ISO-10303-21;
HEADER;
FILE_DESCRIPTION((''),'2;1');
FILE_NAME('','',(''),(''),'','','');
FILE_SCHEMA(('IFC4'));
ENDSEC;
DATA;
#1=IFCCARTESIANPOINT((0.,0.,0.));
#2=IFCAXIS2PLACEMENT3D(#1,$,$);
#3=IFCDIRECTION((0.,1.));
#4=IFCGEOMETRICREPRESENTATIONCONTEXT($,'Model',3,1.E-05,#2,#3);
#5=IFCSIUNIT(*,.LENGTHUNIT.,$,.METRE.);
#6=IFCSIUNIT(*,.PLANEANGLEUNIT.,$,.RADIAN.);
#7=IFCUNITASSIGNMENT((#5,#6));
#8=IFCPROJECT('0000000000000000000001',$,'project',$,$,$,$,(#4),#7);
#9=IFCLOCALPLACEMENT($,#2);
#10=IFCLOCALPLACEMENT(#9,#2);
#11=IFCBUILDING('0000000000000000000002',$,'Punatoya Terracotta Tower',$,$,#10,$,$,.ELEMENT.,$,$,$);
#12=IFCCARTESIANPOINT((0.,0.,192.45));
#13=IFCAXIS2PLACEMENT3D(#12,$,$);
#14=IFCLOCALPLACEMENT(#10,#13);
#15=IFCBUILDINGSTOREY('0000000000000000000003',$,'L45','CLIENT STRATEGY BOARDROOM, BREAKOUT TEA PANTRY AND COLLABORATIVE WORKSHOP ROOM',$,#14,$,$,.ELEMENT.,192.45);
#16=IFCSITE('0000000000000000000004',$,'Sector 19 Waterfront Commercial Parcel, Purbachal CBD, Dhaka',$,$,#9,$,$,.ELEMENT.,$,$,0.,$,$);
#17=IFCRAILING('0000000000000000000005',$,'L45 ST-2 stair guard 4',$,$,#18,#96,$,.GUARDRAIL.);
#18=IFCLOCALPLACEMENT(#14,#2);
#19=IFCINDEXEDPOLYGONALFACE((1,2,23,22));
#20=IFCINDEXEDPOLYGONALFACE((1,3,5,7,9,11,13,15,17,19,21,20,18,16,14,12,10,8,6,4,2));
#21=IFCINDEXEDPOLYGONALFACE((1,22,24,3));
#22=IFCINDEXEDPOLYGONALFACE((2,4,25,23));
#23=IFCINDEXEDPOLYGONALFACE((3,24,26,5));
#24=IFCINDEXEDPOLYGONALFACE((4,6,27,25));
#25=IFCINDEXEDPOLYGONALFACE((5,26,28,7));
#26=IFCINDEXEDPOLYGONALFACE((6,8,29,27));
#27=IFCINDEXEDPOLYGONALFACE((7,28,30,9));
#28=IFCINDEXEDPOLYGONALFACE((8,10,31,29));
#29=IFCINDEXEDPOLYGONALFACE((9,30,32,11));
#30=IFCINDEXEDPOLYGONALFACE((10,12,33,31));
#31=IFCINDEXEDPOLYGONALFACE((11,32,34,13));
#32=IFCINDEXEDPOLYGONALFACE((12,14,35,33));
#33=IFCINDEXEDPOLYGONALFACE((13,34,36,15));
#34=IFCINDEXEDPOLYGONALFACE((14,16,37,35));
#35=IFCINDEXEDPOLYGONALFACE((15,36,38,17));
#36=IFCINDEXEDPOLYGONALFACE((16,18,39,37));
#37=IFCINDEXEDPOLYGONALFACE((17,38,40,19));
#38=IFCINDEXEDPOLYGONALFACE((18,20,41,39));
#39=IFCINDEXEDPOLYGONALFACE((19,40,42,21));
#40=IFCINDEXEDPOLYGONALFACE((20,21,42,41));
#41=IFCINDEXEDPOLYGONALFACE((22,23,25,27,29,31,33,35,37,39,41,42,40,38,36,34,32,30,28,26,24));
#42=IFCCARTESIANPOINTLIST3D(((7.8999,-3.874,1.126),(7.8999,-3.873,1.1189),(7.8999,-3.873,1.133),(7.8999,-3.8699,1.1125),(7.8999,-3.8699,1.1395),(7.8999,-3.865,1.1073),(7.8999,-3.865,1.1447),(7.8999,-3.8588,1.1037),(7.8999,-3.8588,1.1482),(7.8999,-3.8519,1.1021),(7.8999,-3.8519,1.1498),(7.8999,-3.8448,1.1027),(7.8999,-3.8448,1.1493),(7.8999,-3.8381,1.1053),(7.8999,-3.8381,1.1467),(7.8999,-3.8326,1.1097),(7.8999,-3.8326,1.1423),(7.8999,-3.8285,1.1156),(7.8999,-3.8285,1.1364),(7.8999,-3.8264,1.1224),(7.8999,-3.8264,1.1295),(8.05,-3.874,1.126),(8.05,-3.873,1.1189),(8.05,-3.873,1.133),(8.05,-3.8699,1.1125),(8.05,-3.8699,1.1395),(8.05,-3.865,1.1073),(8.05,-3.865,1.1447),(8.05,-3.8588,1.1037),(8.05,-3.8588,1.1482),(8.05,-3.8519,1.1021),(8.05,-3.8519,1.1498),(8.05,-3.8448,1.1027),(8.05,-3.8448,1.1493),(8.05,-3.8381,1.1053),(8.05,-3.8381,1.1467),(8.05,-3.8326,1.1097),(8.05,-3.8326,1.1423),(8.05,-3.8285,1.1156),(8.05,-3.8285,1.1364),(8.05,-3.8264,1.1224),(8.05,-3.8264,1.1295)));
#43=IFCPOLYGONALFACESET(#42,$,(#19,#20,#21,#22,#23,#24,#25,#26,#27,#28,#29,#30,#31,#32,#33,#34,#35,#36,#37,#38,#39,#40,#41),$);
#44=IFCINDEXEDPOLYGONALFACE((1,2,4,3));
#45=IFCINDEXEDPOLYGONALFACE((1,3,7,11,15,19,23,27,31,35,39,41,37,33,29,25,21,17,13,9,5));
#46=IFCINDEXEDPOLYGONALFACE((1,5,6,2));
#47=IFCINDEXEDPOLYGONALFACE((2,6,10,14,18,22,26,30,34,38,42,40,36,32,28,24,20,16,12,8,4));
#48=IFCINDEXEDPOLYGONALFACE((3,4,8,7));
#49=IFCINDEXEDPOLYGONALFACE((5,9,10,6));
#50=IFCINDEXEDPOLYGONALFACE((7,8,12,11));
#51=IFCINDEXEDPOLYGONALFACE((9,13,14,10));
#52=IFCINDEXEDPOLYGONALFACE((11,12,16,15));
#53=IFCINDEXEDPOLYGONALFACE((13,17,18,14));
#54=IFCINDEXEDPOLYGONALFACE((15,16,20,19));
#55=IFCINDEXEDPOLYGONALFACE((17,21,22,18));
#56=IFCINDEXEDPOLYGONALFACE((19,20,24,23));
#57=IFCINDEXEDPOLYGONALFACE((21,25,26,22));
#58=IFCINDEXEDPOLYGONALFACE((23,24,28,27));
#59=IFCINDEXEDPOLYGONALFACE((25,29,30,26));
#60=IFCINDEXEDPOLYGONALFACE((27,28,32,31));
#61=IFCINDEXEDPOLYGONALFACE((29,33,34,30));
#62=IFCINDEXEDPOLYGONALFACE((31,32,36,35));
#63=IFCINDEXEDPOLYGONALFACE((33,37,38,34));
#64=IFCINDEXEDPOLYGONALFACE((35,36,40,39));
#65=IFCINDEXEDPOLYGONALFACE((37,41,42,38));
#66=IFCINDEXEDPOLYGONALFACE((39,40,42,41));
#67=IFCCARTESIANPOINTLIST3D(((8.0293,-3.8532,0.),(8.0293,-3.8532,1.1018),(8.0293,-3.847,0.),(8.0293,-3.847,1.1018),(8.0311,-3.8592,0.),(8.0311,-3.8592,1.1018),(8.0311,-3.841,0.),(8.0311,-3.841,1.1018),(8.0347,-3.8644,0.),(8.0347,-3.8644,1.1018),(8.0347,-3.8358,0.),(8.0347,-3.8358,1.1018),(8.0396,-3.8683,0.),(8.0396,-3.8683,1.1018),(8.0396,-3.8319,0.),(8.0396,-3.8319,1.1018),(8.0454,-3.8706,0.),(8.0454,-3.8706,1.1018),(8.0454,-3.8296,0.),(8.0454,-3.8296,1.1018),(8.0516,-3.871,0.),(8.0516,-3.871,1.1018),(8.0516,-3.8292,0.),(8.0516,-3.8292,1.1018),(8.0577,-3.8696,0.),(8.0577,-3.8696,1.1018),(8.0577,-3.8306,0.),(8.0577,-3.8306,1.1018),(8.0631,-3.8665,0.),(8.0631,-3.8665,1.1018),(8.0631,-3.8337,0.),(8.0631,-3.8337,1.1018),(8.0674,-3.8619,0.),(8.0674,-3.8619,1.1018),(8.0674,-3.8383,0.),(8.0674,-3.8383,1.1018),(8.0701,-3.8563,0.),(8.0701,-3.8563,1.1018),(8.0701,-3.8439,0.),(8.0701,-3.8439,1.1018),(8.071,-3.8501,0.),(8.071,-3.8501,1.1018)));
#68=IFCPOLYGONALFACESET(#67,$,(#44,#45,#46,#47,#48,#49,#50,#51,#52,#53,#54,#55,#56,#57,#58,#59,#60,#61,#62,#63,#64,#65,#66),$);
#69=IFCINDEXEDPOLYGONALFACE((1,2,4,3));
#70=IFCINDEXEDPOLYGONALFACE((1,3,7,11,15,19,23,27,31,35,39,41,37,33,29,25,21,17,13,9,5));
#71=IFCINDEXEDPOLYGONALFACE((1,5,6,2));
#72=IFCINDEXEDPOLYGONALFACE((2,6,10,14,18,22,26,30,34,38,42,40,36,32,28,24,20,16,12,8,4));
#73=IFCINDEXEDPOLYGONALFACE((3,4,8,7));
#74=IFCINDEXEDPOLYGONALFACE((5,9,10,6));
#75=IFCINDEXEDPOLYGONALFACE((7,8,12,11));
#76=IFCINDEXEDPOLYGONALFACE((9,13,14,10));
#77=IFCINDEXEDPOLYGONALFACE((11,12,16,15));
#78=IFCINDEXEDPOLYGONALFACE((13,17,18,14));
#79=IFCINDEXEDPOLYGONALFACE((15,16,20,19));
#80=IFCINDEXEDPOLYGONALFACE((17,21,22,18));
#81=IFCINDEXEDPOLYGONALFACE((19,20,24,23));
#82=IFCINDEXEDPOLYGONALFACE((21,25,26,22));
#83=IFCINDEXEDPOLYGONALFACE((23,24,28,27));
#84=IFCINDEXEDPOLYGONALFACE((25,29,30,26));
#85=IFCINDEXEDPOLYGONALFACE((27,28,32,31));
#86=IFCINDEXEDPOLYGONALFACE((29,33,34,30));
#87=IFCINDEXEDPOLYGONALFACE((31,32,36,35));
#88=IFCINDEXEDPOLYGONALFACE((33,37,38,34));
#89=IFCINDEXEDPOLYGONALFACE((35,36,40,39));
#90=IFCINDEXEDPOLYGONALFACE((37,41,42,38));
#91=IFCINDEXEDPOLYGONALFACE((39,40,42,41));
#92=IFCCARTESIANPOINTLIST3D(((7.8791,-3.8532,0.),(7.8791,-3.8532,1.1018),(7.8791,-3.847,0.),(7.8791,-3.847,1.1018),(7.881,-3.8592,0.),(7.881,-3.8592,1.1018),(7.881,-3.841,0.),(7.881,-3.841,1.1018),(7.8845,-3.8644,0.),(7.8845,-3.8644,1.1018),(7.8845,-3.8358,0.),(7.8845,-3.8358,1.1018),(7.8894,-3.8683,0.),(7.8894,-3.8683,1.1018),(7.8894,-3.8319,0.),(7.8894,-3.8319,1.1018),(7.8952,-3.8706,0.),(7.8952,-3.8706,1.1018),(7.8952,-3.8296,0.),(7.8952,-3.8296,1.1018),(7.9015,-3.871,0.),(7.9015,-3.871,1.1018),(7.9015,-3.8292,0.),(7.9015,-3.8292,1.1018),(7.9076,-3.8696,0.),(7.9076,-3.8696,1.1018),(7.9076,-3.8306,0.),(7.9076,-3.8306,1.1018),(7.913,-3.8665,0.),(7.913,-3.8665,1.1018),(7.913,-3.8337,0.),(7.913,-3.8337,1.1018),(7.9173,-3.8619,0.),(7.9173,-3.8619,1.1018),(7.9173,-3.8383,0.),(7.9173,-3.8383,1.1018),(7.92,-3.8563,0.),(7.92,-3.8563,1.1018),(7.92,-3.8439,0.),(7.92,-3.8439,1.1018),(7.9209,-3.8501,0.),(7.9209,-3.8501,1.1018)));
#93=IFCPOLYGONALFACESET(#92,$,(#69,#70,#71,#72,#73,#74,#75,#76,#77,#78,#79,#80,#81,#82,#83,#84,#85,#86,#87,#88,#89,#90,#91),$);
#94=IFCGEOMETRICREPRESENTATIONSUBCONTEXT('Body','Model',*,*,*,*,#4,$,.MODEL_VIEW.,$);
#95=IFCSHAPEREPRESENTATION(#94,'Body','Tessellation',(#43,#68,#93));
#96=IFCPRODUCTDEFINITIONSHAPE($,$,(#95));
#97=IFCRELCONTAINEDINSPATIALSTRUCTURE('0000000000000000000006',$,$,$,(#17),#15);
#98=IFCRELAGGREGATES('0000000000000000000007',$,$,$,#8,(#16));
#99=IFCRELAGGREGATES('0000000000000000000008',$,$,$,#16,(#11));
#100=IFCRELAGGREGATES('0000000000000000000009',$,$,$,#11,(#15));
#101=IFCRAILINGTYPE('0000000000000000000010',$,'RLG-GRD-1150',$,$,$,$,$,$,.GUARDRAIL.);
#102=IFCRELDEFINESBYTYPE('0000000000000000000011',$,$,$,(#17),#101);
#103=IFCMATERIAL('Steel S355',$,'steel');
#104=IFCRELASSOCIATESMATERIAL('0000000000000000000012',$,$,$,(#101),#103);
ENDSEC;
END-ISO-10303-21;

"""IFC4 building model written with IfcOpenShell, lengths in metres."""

from ifc_helpers import new_model, si_unit, direction, frame, origin, origin_2d, place, context, subcontext, project, spatial, circle, extrude, material, type_object, element, save


model = new_model("IFC4")

# Units and contexts
model_context = context("Model", 3, precision=1e-05, world=origin(), true_north=direction((0.0, 1.0)))
body_context = subcontext(model_context, "Body", "Model", "MODEL_VIEW")
ifc_project = project(units=[si_unit("LENGTHUNIT", "METRE"), si_unit("PLANEANGLEUNIT", "RADIAN")], contexts=[model_context])

# Site, building, storey
site_placement = place(None, origin())
site = spatial("IfcSite", under=ifc_project, at=site_placement, Name="Sector 19 Waterfront Commercial Parcel, Purbachal CBD, Dhaka", CompositionType="ELEMENT", RefElevation=0.0)
building_placement = place(site_placement, origin())
building = spatial("IfcBuilding", under=site, at=building_placement, Name="Punatoya Terracotta Tower", CompositionType="ELEMENT")
storey_placement = place(building_placement, frame((0.0, 0.0, 192.45)))
storey = spatial("IfcBuildingStorey", under=building, at=storey_placement, Name="L45", Description="CLIENT STRATEGY BOARDROOM, BREAKOUT TEA PANTRY AND COLLABORATIVE WORKSHOP ROOM", CompositionType="ELEMENT", Elevation=192.45)

# Railing
ifc_material_1 = material(Name="Steel S355", Category="steel")
railing_type_1 = type_object("IfcRailingType", Name="RLG-GRD-1150", PredefinedType="GUARDRAIL", material=ifc_material_1)
railing_1_placement = place(storey_placement, frame((8.05, -3.8501, 0.0)))
element("IfcRailing", 1, at=railing_1_placement, inside=storey, type_object=railing_type_1, Name="L45 ST-2 stair guard 4", PredefinedType="GUARDRAIL", context=body_context, shape_type="SweptSolid", body=[
    extrude(circle(Radius=0.0239, at=origin_2d()), frame((0.0, 0.0, 1.126), z_axis=(-1.0, 0.0, 0.0), x_axis=(0.0, -1.0, 0.0)), (0.0, 0.0, 1.0), 0.1501),
    extrude(circle(Radius=0.021, at=origin_2d()), origin(), (0.0, 0.0, 1.0), 1.1018),
    extrude(circle(Radius=0.021, at=origin_2d()), frame((-0.1501, 0.0, 0.0)), (0.0, 0.0, 1.0), 1.1018),
])

save(model, "model.ifc")
